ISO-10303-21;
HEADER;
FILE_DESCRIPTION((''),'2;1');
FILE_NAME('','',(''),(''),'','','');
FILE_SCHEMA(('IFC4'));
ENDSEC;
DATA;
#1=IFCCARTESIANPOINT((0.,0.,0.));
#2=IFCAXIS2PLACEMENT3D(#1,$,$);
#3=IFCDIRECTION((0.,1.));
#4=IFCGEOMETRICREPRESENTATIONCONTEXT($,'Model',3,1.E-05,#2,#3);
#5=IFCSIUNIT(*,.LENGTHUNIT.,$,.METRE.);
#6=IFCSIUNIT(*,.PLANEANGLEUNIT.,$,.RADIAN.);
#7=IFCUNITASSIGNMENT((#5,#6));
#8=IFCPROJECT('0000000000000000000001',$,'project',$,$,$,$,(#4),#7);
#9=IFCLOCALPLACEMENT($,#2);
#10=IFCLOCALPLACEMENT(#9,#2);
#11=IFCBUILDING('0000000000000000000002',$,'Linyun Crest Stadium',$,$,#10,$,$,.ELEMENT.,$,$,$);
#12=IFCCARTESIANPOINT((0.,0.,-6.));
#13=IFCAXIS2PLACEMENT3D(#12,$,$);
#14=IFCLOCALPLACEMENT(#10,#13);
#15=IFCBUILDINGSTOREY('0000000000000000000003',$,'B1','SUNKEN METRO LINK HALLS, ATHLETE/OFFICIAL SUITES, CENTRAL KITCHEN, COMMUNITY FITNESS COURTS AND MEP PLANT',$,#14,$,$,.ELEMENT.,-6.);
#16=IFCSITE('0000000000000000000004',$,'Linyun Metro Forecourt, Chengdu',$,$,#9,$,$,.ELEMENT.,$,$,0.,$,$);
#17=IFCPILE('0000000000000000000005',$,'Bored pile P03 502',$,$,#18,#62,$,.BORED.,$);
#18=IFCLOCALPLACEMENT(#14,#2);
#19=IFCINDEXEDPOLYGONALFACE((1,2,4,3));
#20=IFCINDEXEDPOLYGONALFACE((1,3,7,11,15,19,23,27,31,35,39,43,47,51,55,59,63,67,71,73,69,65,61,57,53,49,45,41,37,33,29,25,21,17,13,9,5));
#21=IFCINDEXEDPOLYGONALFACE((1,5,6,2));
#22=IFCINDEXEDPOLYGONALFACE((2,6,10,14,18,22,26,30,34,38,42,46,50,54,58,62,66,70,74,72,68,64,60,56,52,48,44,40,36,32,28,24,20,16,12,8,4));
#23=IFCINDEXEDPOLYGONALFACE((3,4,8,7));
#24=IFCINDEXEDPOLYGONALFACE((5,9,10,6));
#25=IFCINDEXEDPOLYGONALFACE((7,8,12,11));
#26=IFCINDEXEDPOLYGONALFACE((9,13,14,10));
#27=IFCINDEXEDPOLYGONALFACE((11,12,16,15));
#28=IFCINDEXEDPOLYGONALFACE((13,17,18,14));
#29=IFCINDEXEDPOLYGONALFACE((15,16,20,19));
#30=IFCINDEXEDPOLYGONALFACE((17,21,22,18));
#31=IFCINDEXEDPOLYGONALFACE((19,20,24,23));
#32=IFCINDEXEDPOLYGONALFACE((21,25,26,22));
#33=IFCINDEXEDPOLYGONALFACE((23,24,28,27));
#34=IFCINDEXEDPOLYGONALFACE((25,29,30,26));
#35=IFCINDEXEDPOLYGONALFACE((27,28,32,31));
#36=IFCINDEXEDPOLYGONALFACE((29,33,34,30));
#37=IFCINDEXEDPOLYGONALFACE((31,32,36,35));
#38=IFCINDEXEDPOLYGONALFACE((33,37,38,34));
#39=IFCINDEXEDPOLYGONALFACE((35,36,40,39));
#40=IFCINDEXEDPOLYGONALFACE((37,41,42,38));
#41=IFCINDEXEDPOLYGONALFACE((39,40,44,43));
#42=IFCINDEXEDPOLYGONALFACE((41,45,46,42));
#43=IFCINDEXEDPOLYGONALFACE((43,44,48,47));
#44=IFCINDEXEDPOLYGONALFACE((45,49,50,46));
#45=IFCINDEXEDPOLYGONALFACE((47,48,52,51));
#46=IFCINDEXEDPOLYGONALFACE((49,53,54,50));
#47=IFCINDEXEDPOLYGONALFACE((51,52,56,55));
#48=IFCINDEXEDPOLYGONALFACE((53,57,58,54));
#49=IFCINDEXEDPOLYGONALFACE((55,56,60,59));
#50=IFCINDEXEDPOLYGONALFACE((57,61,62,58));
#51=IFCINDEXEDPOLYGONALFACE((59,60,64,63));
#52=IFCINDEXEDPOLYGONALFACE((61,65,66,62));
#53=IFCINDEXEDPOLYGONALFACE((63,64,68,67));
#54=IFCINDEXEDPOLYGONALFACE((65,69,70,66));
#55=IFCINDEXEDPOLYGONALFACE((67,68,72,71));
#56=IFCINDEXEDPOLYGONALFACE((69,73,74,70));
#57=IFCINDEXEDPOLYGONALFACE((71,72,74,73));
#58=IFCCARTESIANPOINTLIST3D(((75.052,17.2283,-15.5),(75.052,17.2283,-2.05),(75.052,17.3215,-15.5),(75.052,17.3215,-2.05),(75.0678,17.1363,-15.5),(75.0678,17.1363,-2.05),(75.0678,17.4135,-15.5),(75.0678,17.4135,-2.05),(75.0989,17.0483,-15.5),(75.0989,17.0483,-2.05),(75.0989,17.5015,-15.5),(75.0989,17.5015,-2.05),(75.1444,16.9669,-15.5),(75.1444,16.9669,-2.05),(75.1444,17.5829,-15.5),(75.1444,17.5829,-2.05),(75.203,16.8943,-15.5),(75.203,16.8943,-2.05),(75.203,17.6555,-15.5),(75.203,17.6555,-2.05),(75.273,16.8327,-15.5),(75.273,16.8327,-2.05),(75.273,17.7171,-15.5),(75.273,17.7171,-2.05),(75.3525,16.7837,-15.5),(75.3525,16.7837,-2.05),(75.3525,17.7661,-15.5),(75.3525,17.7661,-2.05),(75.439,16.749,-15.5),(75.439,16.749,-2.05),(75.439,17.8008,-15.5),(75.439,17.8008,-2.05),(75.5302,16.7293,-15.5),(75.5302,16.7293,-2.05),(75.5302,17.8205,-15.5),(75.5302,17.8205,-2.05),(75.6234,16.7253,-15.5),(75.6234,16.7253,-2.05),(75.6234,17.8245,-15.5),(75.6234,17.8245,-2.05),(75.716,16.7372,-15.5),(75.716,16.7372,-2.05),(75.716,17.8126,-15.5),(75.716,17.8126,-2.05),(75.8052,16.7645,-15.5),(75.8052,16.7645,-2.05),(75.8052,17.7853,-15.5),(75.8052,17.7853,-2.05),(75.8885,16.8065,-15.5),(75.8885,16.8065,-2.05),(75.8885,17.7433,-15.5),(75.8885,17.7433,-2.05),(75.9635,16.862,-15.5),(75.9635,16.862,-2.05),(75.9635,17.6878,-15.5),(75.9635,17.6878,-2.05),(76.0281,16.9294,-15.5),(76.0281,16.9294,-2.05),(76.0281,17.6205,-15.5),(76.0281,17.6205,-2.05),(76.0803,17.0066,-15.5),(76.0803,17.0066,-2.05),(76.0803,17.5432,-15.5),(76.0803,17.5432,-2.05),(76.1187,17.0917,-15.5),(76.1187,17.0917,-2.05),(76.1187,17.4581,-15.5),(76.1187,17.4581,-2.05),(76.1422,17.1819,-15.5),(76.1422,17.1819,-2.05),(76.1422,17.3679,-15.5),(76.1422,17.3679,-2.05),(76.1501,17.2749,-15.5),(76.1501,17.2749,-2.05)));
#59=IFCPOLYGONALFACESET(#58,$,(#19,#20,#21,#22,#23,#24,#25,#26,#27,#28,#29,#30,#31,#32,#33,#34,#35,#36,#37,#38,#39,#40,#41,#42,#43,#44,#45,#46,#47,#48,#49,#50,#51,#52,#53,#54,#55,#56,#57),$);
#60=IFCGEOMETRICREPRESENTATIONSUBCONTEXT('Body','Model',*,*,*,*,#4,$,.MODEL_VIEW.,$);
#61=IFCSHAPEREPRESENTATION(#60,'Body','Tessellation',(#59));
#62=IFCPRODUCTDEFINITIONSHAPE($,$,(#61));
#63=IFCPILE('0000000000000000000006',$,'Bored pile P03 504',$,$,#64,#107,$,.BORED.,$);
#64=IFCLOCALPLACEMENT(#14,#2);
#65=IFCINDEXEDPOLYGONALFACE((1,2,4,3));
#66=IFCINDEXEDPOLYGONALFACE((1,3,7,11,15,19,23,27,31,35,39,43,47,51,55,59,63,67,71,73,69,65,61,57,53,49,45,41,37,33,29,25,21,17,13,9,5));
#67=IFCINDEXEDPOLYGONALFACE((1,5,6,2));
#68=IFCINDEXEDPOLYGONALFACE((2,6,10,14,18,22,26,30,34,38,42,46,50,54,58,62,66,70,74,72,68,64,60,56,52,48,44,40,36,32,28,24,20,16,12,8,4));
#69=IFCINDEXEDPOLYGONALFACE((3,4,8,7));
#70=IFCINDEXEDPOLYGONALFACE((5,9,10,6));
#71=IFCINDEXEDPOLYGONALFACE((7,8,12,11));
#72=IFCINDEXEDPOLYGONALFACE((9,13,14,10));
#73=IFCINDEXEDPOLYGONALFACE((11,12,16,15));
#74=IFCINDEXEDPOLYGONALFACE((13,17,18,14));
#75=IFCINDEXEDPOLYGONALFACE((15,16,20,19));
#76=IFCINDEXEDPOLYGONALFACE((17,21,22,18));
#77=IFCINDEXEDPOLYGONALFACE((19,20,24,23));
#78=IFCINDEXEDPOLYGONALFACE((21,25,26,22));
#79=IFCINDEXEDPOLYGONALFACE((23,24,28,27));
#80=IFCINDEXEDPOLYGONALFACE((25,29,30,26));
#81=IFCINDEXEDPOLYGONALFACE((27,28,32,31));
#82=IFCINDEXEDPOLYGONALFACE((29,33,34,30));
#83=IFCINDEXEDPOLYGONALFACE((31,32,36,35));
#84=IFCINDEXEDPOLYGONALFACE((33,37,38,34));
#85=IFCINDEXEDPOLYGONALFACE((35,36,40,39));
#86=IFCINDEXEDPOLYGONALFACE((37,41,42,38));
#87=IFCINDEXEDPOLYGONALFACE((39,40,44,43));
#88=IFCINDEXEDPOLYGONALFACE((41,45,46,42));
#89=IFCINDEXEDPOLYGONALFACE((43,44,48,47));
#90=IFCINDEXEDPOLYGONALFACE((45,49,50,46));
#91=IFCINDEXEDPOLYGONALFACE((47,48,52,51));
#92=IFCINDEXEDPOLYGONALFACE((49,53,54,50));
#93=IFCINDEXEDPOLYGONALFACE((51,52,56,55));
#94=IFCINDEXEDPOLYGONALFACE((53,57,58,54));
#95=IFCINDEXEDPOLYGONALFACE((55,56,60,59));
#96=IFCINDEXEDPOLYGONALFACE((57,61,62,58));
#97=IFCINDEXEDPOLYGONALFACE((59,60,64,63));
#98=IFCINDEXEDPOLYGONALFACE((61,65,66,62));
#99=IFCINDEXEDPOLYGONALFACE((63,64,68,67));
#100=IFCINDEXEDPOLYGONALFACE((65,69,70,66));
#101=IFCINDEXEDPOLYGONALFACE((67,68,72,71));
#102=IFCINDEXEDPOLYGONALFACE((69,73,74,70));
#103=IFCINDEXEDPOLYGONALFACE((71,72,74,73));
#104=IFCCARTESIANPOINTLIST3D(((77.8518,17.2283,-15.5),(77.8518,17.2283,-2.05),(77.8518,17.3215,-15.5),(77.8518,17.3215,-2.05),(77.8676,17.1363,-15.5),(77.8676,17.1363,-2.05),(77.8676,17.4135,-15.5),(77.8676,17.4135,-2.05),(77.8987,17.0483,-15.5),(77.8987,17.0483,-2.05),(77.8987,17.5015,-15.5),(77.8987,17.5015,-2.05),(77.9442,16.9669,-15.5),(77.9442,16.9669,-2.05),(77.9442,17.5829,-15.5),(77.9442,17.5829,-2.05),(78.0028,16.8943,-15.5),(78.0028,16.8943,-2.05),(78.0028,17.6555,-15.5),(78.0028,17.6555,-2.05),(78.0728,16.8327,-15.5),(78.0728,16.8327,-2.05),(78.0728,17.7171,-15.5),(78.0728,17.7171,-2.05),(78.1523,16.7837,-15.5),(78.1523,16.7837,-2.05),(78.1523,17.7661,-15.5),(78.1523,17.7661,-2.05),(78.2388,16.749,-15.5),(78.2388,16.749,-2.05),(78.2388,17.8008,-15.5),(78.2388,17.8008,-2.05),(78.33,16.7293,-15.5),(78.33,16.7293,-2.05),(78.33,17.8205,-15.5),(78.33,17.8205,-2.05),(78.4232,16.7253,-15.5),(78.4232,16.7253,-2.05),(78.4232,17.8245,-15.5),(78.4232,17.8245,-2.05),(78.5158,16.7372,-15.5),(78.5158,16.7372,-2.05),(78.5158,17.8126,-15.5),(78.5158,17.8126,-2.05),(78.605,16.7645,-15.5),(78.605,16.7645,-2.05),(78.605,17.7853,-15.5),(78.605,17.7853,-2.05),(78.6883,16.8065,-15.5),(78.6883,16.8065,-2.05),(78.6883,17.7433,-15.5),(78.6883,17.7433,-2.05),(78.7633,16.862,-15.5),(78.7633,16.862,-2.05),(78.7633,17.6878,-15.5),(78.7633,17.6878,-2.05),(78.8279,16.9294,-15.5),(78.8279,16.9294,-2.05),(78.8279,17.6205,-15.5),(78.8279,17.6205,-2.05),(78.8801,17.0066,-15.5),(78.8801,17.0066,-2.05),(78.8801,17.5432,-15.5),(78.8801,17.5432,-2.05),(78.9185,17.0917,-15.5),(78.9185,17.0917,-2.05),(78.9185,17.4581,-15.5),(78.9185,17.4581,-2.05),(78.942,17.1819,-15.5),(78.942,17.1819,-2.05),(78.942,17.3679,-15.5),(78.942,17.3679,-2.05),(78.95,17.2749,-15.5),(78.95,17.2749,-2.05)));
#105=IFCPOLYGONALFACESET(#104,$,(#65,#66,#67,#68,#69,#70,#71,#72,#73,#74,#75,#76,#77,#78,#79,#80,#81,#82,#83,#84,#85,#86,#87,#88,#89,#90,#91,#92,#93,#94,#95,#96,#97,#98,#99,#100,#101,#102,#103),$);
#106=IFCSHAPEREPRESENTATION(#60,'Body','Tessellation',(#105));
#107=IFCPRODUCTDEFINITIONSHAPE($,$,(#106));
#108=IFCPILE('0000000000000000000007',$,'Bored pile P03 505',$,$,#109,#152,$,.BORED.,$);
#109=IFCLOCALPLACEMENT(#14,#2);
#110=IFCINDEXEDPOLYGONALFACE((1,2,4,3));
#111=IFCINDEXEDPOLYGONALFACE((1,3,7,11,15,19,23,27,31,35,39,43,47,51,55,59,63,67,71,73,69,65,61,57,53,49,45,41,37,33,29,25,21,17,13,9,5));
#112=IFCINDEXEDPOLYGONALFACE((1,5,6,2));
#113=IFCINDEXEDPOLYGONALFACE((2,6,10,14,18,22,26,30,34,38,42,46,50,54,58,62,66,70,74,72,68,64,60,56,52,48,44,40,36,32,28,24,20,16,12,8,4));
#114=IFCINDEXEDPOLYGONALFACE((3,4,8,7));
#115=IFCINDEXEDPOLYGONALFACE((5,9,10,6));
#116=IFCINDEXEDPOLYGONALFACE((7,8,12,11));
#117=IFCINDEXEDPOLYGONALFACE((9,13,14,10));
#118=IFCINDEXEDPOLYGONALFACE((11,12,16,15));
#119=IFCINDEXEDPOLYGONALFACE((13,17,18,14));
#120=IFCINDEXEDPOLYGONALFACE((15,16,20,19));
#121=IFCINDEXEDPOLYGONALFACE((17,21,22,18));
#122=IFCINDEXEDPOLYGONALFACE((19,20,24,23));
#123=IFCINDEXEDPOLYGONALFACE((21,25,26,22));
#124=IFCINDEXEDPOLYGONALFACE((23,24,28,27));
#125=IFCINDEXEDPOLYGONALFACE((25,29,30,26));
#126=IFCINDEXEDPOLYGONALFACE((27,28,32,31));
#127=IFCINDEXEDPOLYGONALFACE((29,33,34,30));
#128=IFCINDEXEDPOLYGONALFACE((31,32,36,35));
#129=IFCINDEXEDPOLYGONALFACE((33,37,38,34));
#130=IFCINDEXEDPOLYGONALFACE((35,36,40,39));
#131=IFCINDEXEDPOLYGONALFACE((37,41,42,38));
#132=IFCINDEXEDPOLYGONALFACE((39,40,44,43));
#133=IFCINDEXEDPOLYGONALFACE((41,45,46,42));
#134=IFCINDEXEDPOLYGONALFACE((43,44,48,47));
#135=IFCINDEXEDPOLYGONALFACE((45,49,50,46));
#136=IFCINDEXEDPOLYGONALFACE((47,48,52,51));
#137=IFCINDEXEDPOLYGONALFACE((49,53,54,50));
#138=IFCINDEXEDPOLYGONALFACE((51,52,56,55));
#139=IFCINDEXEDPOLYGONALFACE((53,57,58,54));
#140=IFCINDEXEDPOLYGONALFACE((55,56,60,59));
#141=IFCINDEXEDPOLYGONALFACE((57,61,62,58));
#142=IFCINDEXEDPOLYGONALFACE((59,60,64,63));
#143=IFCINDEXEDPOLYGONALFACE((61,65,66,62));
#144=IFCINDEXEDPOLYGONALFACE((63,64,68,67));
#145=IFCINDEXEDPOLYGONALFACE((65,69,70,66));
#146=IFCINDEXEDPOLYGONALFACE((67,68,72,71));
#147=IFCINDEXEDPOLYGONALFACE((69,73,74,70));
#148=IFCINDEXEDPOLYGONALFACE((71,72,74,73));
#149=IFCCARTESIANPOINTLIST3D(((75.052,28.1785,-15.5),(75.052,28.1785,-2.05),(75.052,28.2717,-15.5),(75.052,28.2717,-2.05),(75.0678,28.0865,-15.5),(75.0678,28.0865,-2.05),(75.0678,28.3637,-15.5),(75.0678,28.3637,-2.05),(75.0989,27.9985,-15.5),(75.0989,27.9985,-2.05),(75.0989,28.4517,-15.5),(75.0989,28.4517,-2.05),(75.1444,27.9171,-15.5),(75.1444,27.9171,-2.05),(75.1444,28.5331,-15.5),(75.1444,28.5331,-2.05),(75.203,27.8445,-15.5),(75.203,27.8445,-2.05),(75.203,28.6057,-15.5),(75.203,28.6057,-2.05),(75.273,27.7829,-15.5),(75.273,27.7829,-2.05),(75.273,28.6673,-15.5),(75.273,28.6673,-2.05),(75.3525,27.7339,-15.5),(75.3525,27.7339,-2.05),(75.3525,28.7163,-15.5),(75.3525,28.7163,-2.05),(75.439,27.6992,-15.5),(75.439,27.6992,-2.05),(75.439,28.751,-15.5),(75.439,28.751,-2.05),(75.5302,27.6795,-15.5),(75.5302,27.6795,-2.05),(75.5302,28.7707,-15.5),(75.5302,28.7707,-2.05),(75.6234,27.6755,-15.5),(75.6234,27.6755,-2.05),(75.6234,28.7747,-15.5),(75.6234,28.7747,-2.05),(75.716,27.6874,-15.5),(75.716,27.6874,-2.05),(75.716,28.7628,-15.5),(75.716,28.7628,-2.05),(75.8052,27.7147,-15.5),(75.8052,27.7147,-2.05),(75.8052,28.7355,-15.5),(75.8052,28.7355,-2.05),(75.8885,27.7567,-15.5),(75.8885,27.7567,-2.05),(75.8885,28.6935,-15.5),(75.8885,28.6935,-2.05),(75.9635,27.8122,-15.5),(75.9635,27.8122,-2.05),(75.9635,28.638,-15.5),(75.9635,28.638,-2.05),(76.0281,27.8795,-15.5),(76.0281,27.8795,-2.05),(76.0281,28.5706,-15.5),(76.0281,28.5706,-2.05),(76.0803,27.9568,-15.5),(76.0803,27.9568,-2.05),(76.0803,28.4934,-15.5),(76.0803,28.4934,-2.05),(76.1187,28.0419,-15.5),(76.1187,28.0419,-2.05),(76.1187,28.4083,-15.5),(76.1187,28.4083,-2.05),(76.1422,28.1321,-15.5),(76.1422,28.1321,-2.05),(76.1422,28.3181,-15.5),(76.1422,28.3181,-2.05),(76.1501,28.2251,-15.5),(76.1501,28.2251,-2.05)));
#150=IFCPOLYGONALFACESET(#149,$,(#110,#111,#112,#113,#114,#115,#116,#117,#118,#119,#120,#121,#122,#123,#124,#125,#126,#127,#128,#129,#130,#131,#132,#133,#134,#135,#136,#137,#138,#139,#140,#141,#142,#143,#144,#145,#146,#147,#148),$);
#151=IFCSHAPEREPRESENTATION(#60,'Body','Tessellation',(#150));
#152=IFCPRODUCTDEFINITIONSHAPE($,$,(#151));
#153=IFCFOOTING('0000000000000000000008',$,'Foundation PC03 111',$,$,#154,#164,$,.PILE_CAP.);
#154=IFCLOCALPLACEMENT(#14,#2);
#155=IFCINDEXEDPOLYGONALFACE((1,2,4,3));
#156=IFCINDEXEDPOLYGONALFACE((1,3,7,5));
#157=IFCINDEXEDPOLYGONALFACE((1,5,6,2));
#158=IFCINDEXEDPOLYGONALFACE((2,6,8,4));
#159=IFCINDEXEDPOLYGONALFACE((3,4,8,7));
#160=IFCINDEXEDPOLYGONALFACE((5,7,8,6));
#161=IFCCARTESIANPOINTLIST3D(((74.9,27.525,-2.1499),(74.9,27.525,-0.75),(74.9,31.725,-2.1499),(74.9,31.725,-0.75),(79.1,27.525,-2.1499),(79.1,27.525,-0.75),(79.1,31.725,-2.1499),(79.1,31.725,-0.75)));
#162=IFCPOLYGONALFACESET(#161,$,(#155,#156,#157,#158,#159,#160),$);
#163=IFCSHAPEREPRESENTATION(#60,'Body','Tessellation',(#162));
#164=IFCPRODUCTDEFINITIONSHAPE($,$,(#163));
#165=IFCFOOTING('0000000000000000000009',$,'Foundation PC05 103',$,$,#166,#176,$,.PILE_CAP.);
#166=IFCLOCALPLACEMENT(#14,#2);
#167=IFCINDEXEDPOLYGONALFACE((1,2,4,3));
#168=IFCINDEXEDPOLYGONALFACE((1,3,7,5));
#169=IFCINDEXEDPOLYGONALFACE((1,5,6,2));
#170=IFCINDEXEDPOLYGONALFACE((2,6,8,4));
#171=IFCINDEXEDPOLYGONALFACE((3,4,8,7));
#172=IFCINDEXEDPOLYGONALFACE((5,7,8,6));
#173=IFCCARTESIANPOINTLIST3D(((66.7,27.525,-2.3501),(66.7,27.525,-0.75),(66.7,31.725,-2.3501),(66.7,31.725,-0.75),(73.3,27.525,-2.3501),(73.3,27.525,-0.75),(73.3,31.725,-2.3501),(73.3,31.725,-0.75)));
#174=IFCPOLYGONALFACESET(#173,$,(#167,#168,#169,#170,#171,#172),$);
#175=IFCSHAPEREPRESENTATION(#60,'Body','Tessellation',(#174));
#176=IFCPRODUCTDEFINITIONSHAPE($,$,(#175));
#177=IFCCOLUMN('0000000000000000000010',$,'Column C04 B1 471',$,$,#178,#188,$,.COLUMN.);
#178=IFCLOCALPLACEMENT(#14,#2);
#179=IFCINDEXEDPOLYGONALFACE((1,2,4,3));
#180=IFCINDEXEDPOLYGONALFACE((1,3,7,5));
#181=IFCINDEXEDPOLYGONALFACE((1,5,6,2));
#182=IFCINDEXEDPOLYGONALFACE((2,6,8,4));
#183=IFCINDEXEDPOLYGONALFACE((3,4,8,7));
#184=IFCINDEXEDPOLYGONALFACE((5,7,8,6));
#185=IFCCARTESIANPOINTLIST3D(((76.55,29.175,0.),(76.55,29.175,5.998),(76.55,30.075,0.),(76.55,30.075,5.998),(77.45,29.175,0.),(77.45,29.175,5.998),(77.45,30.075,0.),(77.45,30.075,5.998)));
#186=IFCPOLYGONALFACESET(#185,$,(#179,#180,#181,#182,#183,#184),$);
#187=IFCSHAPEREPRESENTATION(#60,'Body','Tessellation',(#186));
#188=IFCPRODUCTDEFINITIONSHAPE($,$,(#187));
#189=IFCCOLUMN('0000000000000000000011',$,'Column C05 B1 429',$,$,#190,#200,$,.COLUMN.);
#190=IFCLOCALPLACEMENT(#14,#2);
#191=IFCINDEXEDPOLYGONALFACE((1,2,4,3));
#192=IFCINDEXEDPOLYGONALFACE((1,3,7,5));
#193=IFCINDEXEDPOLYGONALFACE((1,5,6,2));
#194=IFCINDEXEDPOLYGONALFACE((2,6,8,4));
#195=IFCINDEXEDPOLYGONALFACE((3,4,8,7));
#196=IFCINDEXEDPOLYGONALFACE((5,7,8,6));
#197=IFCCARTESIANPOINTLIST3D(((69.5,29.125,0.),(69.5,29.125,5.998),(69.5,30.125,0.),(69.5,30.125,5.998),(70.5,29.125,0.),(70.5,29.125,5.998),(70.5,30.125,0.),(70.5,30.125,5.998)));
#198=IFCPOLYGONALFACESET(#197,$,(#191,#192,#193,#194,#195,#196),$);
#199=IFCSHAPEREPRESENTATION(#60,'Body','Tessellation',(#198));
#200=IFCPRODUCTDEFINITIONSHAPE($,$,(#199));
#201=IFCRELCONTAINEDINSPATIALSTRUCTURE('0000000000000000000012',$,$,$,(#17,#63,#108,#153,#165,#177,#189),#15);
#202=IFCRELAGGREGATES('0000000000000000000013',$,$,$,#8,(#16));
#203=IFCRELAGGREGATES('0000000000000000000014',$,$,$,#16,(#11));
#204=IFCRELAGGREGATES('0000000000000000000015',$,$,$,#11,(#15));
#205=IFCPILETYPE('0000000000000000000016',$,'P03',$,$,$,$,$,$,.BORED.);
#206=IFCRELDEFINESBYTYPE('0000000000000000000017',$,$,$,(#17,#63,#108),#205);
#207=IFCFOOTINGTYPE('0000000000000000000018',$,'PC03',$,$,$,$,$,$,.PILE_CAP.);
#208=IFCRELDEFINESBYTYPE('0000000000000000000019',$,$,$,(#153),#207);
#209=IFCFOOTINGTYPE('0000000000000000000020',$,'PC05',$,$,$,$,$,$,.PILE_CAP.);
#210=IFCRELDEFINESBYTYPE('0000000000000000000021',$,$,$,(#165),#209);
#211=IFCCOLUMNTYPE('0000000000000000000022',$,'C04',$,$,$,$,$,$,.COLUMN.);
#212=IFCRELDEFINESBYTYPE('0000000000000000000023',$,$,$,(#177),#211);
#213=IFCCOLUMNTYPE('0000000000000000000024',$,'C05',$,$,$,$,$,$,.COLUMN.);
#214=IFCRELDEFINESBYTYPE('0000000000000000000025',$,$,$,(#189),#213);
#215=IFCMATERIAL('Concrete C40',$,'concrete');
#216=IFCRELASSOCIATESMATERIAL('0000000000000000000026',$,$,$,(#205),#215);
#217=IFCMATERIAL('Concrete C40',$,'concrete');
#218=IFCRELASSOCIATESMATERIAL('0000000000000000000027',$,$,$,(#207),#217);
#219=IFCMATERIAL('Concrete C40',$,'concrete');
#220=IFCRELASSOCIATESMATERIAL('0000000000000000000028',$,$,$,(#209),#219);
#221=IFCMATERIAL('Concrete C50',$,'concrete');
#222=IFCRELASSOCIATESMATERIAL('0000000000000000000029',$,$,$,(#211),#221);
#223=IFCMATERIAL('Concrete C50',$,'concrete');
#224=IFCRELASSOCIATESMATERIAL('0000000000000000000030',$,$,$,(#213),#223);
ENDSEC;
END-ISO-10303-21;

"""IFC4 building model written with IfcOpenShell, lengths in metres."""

from ifc_helpers import new_model, si_unit, direction, frame, origin, origin_2d, place, context, subcontext, project, spatial, rectangle, circle, extrude, material, material_profile, profile_set, type_object, element, save


model = new_model("IFC4")

# Units and contexts
model_context = context("Model", 3, precision=1e-05, world=origin(), true_north=direction((0.0, 1.0)))
body_context = subcontext(model_context, "Body", "Model", "MODEL_VIEW")
ifc_project = project(units=[si_unit("LENGTHUNIT", "METRE"), si_unit("PLANEANGLEUNIT", "RADIAN")], contexts=[model_context])

# Site, building, storey
site_placement = place(None, origin())
site = spatial("IfcSite", under=ifc_project, at=site_placement, Name="Linyun Metro Forecourt, Chengdu", CompositionType="ELEMENT", RefElevation=0.0)
building_placement = place(site_placement, origin())
building = spatial("IfcBuilding", under=site, at=building_placement, Name="Linyun Crest Stadium", CompositionType="ELEMENT")
storey_placement = place(building_placement, frame((0.0, 0.0, -6.0)))
storey = spatial("IfcBuildingStorey", under=building, at=storey_placement, Name="B1", Description="SUNKEN METRO LINK HALLS, ATHLETE/OFFICIAL SUITES, CENTRAL KITCHEN, COMMUNITY FITNESS COURTS AND MEP PLANT", CompositionType="ELEMENT", Elevation=-6.0)

# Piles
ifc_material_1 = material(Name="Concrete C40", Category="concrete")
ifc_material_profile_1 = material_profile(ifc_material_1, circle(Radius=0.55, at=origin_2d()), Name="BORED PILE 1100")
ifc_profile_set_1 = profile_set([ifc_material_profile_1], Name="Concrete C40")
pile_type = type_object("IfcPileType", Name="P03", PredefinedType="BORED", material=ifc_profile_set_1)
for number, where, z_axis, x_axis, name in (
    (1, (75.6001, 17.2749, -2.05), (0.0, 0.0, -1.0), (1.0, 0.0, 0.0), "Bored pile P03 502"),
    (2, (78.3999, 17.2749, -2.05), (0.0, 0.0, -1.0), (1.0, 0.0, 0.0), "Bored pile P03 504"),
    (3, (75.6001, 28.2251, -2.05), (0.0, 0.0, -1.0), (1.0, 0.0, 0.0), "Bored pile P03 505"),
):
    element("IfcPile", number, at=place(storey_placement, frame(where, z_axis=z_axis, x_axis=x_axis)), inside=storey, type_object=pile_type, Name=name, PredefinedType="BORED", context=body_context, shape_type="SweptSolid", body=[
        extrude(circle(Radius=0.55, at=origin_2d()), origin(), (0.0, 0.0, 1.0), 13.45),
    ])

# Footings
ifc_material_2 = material(Name="Concrete C40", Category="concrete")
footing_type_1 = type_object("IfcFootingType", Name="PC03", PredefinedType="PILE_CAP", material=ifc_material_2)
footing_1_placement = place(storey_placement, frame((77.0, 29.625, -2.1499), z_axis=(0.0, 0.0, 1.0), x_axis=(1.0, 0.0, 0.0)))
element("IfcFooting", 4, at=footing_1_placement, inside=storey, type_object=footing_type_1, Name="Foundation PC03 111", PredefinedType="PILE_CAP", context=body_context, shape_type="SweptSolid", body=[
    extrude(rectangle(XDim=4.2, YDim=4.2, at=origin_2d()), origin(), (0.0, 0.0, 1.0), 1.3999),
])
ifc_material_3 = material(Name="Concrete C40", Category="concrete")
footing_type_2 = type_object("IfcFootingType", Name="PC05", PredefinedType="PILE_CAP", material=ifc_material_3)
footing_2_placement = place(storey_placement, frame((70.0, 29.625, -2.3501), z_axis=(0.0, 0.0, 1.0), x_axis=(1.0, 0.0, 0.0)))
element("IfcFooting", 5, at=footing_2_placement, inside=storey, type_object=footing_type_2, Name="Foundation PC05 103", PredefinedType="PILE_CAP", context=body_context, shape_type="SweptSolid", body=[
    extrude(rectangle(XDim=6.6001, YDim=4.2, at=origin_2d()), origin(), (0.0, 0.0, 1.0), 1.6001),
])

# Columns
ifc_material_4 = material(Name="Concrete C50", Category="concrete")
ifc_material_profile_2 = material_profile(ifc_material_4, rectangle(XDim=0.8999, YDim=0.8999, at=origin_2d()), Name="RC 900x900")
ifc_profile_set_2 = profile_set([ifc_material_profile_2], Name="Concrete C50")
column_type_1 = type_object("IfcColumnType", Name="C04", PredefinedType="COLUMN", material=ifc_profile_set_2)
column_1_placement = place(storey_placement, frame((77.0, 29.625, 0.0), z_axis=(0.0, 0.0, 1.0), x_axis=(1.0, 0.0, 0.0)))
element("IfcColumn", 6, at=column_1_placement, inside=storey, type_object=column_type_1, Name="Column C04 B1 471", PredefinedType="COLUMN", context=body_context, shape_type="SweptSolid", body=[
    extrude(rectangle(XDim=0.8999, YDim=0.8999, at=origin_2d()), origin(), (0.0, 0.0, 1.0), 5.998),
])
ifc_material_5 = material(Name="Concrete C50", Category="concrete")
ifc_material_profile_3 = material_profile(ifc_material_5, rectangle(XDim=1.0, YDim=1.0, at=origin_2d()), Name="RC 1000x1000")
ifc_profile_set_3 = profile_set([ifc_material_profile_3], Name="Concrete C50")
column_type_2 = type_object("IfcColumnType", Name="C05", PredefinedType="COLUMN", material=ifc_profile_set_3)
column_2_placement = place(storey_placement, frame((70.0, 29.625, 0.0), z_axis=(0.0, 0.0, 1.0), x_axis=(1.0, 0.0, 0.0)))
element("IfcColumn", 7, at=column_2_placement, inside=storey, type_object=column_type_2, Name="Column C05 B1 429", PredefinedType="COLUMN", context=body_context, shape_type="SweptSolid", body=[
    extrude(rectangle(XDim=1.0, YDim=1.0, at=origin_2d()), origin(), (0.0, 0.0, 1.0), 5.998),
])

save(model, "model.ifc")
